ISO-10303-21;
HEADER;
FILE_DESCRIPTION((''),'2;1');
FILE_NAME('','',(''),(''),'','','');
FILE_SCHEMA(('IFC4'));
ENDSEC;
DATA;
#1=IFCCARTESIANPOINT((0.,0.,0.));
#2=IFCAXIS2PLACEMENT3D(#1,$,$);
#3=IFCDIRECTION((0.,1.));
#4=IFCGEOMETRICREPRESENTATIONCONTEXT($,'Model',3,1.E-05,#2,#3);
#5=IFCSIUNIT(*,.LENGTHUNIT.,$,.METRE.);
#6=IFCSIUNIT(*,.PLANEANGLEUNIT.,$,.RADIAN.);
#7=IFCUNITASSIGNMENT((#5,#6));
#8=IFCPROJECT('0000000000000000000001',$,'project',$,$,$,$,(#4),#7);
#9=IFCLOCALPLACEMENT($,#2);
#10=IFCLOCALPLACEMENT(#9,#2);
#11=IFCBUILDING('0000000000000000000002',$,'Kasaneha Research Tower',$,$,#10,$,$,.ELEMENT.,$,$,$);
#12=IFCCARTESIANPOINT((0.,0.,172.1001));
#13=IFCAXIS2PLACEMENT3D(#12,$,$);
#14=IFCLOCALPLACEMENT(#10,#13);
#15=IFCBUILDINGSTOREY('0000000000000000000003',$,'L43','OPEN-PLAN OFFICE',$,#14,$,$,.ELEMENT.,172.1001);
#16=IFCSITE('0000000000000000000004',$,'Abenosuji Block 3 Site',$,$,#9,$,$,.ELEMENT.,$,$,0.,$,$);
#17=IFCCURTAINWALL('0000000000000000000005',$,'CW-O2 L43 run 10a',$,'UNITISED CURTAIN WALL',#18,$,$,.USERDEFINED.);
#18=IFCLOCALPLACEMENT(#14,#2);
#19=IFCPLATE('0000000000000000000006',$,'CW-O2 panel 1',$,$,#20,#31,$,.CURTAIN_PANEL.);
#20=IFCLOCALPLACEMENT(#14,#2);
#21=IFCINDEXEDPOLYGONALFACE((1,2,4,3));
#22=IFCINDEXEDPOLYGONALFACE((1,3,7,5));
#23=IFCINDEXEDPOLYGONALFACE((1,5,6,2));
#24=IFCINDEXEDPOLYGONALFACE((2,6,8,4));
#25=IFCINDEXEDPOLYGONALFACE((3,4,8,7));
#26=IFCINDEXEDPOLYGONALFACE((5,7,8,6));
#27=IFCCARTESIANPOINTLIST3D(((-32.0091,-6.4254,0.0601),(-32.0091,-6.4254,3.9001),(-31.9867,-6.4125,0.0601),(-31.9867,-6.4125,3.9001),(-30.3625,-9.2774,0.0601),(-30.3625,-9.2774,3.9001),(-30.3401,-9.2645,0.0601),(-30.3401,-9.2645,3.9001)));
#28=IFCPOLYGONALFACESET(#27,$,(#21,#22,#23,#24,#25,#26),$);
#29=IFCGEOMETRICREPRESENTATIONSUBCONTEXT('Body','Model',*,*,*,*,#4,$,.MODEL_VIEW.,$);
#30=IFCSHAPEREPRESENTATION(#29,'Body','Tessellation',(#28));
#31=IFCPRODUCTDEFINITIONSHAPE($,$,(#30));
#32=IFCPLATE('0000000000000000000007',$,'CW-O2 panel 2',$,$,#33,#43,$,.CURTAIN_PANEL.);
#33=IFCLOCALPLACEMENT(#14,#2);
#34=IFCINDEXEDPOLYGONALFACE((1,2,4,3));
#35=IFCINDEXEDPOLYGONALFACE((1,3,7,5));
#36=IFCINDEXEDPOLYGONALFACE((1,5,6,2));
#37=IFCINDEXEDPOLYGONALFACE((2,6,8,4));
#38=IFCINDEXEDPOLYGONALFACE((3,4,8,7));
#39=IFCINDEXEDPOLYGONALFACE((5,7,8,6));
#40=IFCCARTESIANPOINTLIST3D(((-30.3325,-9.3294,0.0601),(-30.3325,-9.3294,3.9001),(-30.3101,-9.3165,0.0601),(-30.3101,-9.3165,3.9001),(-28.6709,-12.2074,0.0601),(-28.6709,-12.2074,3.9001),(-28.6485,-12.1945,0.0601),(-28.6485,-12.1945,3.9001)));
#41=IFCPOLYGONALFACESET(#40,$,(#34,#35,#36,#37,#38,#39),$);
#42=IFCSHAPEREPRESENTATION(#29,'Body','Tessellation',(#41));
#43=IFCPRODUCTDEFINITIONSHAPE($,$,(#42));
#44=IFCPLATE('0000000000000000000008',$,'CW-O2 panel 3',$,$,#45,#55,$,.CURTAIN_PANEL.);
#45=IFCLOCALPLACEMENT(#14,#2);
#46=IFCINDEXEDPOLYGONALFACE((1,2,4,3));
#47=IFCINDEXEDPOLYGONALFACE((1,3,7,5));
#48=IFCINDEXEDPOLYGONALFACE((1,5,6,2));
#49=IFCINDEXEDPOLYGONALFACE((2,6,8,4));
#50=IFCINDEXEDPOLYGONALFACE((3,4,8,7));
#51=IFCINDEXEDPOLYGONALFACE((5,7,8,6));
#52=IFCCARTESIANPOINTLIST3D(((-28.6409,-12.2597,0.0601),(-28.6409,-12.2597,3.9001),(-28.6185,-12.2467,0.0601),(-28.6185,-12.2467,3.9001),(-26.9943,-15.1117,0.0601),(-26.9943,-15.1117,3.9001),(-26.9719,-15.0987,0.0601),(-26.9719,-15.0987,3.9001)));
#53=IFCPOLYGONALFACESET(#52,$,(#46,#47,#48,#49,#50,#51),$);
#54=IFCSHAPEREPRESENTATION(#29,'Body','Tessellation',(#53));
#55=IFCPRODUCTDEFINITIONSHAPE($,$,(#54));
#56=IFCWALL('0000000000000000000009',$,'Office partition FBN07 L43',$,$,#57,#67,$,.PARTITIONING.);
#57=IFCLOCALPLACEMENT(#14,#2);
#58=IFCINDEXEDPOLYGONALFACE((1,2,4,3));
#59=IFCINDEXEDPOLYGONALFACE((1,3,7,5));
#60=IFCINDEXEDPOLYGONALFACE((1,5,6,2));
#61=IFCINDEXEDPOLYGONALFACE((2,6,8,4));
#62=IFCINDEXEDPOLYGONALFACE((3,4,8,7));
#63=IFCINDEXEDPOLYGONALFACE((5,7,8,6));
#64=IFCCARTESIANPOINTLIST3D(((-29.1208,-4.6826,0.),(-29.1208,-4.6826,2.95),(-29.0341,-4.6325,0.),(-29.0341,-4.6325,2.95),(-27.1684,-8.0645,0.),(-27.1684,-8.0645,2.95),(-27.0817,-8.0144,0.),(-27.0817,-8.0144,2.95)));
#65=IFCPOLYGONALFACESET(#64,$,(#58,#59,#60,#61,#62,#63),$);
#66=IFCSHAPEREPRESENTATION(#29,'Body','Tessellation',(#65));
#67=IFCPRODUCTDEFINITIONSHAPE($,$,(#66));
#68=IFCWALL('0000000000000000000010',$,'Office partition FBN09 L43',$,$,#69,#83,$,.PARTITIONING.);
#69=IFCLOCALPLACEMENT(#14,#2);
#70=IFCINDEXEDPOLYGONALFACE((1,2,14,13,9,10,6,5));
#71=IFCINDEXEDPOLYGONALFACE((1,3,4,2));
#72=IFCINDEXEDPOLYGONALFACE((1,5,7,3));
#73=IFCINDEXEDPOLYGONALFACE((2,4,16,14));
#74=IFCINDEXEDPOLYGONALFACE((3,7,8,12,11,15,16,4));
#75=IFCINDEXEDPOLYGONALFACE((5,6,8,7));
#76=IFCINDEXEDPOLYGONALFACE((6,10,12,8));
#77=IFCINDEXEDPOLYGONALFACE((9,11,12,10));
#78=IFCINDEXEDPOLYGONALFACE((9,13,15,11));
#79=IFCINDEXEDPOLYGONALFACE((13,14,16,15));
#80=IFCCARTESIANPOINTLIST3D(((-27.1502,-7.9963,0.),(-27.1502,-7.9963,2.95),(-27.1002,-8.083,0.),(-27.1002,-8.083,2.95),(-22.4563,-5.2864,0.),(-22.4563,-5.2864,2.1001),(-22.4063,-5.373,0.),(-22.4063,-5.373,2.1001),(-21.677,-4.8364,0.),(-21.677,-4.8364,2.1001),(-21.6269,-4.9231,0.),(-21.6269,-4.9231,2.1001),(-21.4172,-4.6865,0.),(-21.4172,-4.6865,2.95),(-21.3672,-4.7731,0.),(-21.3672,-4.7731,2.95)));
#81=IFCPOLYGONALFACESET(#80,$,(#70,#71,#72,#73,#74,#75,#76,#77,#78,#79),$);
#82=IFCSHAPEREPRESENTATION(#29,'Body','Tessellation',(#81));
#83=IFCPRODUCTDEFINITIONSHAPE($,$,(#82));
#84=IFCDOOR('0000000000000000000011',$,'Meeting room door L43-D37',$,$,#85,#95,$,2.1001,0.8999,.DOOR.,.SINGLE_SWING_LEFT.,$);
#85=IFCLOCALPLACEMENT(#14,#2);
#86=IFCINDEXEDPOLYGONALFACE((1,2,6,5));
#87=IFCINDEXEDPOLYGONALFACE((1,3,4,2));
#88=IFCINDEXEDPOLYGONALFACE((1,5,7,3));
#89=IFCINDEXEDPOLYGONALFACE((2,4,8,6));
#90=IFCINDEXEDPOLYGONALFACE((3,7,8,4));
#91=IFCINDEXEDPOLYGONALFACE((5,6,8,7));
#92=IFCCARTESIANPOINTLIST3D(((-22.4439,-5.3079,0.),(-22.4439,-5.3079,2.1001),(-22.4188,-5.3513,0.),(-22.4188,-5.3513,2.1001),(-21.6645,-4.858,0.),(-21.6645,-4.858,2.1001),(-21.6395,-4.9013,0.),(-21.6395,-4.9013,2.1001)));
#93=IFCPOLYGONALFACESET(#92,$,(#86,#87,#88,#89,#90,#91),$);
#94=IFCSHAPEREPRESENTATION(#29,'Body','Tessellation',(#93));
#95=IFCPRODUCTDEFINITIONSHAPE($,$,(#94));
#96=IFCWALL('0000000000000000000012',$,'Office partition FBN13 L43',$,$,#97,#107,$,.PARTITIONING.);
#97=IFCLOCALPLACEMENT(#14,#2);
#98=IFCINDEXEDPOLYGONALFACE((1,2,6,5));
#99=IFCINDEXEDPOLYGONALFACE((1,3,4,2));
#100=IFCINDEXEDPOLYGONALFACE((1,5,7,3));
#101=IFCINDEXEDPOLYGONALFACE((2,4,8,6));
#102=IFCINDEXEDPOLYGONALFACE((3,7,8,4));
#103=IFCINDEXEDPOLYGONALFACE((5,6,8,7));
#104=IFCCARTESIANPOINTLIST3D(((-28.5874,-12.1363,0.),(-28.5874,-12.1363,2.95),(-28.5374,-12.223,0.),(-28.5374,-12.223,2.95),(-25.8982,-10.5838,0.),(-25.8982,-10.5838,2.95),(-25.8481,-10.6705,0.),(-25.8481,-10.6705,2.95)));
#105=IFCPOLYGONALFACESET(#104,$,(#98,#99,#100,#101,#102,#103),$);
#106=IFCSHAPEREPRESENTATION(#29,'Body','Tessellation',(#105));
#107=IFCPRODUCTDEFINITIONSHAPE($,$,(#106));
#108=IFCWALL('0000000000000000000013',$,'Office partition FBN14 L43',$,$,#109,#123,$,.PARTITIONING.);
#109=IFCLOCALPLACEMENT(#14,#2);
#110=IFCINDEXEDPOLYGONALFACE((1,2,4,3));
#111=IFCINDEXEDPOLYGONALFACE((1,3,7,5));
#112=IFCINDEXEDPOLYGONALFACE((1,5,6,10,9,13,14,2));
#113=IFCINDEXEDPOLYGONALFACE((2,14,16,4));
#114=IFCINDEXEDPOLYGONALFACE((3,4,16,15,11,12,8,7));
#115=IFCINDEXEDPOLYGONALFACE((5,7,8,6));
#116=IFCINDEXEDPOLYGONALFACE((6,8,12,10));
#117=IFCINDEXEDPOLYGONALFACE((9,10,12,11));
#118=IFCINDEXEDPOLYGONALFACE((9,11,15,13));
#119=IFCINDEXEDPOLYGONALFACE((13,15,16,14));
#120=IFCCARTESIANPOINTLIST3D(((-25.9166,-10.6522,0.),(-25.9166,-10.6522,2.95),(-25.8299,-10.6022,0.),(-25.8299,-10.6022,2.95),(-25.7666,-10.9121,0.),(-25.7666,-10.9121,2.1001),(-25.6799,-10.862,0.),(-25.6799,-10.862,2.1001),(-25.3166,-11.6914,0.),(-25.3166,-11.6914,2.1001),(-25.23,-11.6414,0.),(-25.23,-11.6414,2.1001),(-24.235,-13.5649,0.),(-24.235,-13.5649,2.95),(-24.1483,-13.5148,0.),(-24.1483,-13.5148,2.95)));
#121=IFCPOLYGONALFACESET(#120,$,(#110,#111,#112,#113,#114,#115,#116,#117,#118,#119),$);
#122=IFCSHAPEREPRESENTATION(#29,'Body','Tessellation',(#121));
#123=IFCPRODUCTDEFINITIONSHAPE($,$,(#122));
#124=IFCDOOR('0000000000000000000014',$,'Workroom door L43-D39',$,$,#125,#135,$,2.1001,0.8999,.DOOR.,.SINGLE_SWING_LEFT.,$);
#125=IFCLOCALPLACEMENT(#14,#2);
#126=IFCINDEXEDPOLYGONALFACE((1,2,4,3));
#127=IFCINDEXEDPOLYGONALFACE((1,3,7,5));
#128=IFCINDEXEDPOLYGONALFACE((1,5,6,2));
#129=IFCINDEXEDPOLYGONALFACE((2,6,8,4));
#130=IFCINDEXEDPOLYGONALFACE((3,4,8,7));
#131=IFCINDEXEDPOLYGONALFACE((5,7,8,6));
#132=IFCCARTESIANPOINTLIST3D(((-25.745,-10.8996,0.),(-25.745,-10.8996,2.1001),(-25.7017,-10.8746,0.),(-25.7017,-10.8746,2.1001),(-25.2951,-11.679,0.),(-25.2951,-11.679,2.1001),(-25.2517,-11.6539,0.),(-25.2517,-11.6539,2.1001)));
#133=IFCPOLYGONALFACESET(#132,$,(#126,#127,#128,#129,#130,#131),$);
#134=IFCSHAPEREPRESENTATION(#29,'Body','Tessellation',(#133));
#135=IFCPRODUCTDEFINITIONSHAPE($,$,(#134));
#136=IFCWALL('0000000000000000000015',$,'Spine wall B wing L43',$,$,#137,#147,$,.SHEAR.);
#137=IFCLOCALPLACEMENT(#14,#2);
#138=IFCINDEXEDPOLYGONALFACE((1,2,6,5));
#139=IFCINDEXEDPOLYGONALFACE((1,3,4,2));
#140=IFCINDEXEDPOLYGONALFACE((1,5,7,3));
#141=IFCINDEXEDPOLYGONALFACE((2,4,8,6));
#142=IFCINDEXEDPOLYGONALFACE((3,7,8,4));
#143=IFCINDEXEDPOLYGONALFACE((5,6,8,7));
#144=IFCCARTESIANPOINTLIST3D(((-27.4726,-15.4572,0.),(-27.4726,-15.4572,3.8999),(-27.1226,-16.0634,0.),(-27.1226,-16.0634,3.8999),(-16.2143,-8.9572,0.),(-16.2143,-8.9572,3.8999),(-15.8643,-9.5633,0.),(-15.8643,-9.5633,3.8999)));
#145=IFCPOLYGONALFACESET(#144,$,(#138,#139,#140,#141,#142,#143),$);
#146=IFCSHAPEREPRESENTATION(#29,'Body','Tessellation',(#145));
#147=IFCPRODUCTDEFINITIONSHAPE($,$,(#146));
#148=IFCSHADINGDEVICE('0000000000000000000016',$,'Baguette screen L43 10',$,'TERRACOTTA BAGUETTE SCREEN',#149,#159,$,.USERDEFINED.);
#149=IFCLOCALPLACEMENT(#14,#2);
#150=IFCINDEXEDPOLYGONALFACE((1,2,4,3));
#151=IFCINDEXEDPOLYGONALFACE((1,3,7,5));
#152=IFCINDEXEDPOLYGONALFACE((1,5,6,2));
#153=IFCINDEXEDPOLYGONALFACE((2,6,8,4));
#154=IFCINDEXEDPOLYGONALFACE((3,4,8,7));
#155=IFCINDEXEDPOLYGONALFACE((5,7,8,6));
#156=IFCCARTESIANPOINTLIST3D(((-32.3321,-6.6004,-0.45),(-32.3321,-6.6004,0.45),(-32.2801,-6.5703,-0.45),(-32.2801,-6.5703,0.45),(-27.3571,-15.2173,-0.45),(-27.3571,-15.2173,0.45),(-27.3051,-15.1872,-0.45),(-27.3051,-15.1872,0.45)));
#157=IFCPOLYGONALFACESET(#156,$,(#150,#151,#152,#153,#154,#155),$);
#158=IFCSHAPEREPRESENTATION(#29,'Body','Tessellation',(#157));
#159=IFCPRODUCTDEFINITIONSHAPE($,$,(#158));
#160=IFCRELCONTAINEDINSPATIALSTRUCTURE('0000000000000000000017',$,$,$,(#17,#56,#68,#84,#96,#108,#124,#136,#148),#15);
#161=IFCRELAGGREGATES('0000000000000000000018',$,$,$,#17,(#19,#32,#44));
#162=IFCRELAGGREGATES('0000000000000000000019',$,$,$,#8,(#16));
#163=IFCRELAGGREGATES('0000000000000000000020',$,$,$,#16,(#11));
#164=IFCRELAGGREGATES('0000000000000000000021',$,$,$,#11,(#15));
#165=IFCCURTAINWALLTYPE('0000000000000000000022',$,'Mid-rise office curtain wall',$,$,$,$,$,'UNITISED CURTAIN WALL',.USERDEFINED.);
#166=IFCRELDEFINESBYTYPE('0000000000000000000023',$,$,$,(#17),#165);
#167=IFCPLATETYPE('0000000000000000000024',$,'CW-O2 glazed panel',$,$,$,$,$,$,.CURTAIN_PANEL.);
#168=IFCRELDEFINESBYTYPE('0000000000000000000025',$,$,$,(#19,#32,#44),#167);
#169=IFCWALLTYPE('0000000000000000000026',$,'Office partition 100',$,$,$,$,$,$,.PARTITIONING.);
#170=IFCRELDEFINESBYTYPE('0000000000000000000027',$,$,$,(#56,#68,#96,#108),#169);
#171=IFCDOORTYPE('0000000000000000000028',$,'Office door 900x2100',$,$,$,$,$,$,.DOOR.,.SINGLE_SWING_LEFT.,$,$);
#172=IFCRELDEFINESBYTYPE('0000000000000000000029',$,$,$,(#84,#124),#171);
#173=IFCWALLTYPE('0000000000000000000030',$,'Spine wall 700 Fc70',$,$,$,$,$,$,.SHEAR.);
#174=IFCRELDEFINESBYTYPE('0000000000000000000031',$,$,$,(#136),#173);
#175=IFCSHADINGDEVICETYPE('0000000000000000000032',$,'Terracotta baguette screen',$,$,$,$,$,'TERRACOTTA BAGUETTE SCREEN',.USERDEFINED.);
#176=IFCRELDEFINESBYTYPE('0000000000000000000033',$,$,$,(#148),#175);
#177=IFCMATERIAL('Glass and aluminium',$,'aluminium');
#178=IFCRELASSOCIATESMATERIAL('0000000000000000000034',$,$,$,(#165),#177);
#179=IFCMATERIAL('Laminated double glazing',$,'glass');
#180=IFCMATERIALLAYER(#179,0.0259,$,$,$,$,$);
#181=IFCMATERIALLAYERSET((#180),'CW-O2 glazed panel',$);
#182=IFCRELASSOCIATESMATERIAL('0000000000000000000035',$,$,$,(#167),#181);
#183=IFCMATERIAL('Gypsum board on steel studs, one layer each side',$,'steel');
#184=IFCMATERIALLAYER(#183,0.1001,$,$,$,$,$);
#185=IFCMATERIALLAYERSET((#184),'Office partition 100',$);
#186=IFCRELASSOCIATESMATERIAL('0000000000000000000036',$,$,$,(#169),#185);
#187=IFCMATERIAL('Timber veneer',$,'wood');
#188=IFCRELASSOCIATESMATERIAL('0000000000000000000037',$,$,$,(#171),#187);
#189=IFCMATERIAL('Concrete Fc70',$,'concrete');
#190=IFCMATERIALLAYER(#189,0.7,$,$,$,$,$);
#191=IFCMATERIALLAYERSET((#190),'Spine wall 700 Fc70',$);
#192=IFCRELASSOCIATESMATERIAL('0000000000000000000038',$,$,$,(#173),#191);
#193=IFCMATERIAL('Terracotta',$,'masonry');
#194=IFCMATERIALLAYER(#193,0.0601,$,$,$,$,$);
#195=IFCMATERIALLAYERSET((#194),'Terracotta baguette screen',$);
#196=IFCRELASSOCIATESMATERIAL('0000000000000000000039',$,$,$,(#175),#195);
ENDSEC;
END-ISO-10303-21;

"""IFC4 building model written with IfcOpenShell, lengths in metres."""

from ifc_helpers import new_model, si_unit, direction, frame, frame_2d, origin, origin_2d, place, context, subcontext, project, spatial, rectangle, extrude, material, layer, layer_set, type_object, element, fill, aggregate, save


model = new_model("IFC4")

# Units and contexts
model_context = context("Model", 3, precision=1e-05, world=origin(), true_north=direction((0.0, 1.0)))
body_context = subcontext(model_context, "Body", "Model", "MODEL_VIEW")
ifc_project = project(units=[si_unit("LENGTHUNIT", "METRE"), si_unit("PLANEANGLEUNIT", "RADIAN")], contexts=[model_context])

# Site, building, storey
site_placement = place(None, origin())
site = spatial("IfcSite", under=ifc_project, at=site_placement, Name="Abenosuji Block 3 Site", CompositionType="ELEMENT", RefElevation=0.0)
building_placement = place(site_placement, origin())
building = spatial("IfcBuilding", under=site, at=building_placement, Name="Kasaneha Research Tower", CompositionType="ELEMENT")
storey_placement = place(building_placement, frame((0.0, 0.0, 172.1001)))
storey = spatial("IfcBuildingStorey", under=building, at=storey_placement, Name="L43", Description="OPEN-PLAN OFFICE", CompositionType="ELEMENT", Elevation=172.1001)

# Curtain wall
ifc_material_1 = material(Name="Glass and aluminium", Category="aluminium")
curtain_wall_type = type_object("IfcCurtainWallType", Name="Mid-rise office curtain wall", ElementType="UNITISED CURTAIN WALL", PredefinedType="USERDEFINED", material=ifc_material_1)
curtain_wall_1_placement = place(storey_placement, origin())
curtain_wall_1 = element("IfcCurtainWall", 1, at=curtain_wall_1_placement, inside=storey, type_object=curtain_wall_type, Name="CW-O2 L43 run 10a", ObjectType="UNITISED CURTAIN WALL", PredefinedType="USERDEFINED")

# Plates
ifc_material_2 = material(Name="Laminated double glazing", Category="glass")
ifc_layer_1 = layer(ifc_material_2, 0.0259)
ifc_layer_set_1 = layer_set([ifc_layer_1], Name="CW-O2 glazed panel")
plate_type = type_object("IfcPlateType", Name="CW-O2 glazed panel", PredefinedType="CURTAIN_PANEL", material=ifc_layer_set_1)
plate_1_placement = place(storey_placement, frame((-31.1746, -7.845, 0.0601), z_axis=(0.0, 0.0, 1.0), x_axis=(0.5, -0.866025, 0.0)))
plate_1 = element("IfcPlate", 2, at=plate_1_placement, type_object=plate_type, Name="CW-O2 panel 1", PredefinedType="CURTAIN_PANEL", context=body_context, shape_type="SweptSolid", body=[
    extrude(rectangle(XDim=3.2932, YDim=0.0259, at=origin_2d()), origin(), (0.0, 0.0, 1.0), 3.8401),
])
plate_2_placement = place(storey_placement, frame((-29.4905, -10.762, 0.0601), z_axis=(0.0, 0.0, 1.0), x_axis=(0.5, -0.866025, 0.0)))
plate_2 = element("IfcPlate", 3, at=plate_2_placement, type_object=plate_type, Name="CW-O2 panel 2", PredefinedType="CURTAIN_PANEL", context=body_context, shape_type="SweptSolid", body=[
    extrude(rectangle(XDim=3.3232, YDim=0.0259, at=origin_2d()), origin(), (0.0, 0.0, 1.0), 3.8401),
])
plate_3_placement = place(storey_placement, frame((-27.8064, -13.6792, 0.0601), z_axis=(0.0, 0.0, 1.0), x_axis=(0.5, -0.866025, 0.0)))
plate_3 = element("IfcPlate", 4, at=plate_3_placement, type_object=plate_type, Name="CW-O2 panel 3", PredefinedType="CURTAIN_PANEL", context=body_context, shape_type="SweptSolid", body=[
    extrude(rectangle(XDim=3.2932, YDim=0.0259, at=origin_2d()), origin(), (0.0, 0.0, 1.0), 3.8401),
])
aggregate(curtain_wall_1, [plate_1, plate_2, plate_3])

# Wall
ifc_material_3 = material(Name="Gypsum board on steel studs, one layer each side", Category="steel")
ifc_layer_2 = layer(ifc_material_3, 0.1001)
ifc_layer_set_2 = layer_set([ifc_layer_2], Name="Office partition 100")
wall_type_1 = type_object("IfcWallType", Name="Office partition 100", PredefinedType="PARTITIONING", material=ifc_layer_set_2)
wall_1_placement = place(storey_placement, frame((-27.125, -8.0396, 0.0), z_axis=(0.0, 0.0, 1.0), x_axis=(-0.499979, 0.866038, 0.0)))
element("IfcWall", 5, at=wall_1_placement, inside=storey, type_object=wall_type_1, Name="Office partition FBN07 L43", PredefinedType="PARTITIONING", context=body_context, shape_type="SweptSolid", body=[
    extrude(rectangle(XDim=3.905, YDim=0.1001, at=frame_2d((1.9526, 0.0))), origin(), (0.0, 0.0, 1.0), 2.95),
])

# Wall, opening, door
wall_2_placement = place(storey_placement, frame((-21.3921, -4.7297, 0.0), z_axis=(0.0, 0.0, 1.0), x_axis=(-0.866031, -0.499991, 0.0)))
wall_2 = element("IfcWall", 6, at=wall_2_placement, inside=storey, type_object=wall_type_1, Name="Office partition FBN09 L43", PredefinedType="PARTITIONING", context=body_context, shape_type="SweptSolid", body=[
    extrude(rectangle(XDim=6.6199, YDim=0.1001, at=frame_2d((3.3101, 0.0))), origin(), (0.0, 0.0, 1.0), 2.95),
])
opening_1_placement = place(wall_2_placement, frame((0.3, 0.0, 0.0)))
opening_1 = element("IfcOpeningElement", 7, at=opening_1_placement, cuts=wall_2, PredefinedType="OPENING", context=body_context, shape_type="SweptSolid", body=[
    extrude(rectangle(XDim=0.8999, YDim=2.1001, at=frame_2d((0.45, 1.05))), frame((0.0, 0.0601, 0.0), z_axis=(0.0, -1.0, 0.0), x_axis=(1.0, 0.0, 0.0)), (0.0, 0.0, 1.0), 0.1201),
])
ifc_material_4 = material(Name="Timber veneer", Category="wood")
door_type = type_object("IfcDoorType", Name="Office door 900x2100", OperationType="SINGLE_SWING_LEFT", PredefinedType="DOOR", material=ifc_material_4)
door_1_placement = place(opening_1_placement, origin())
door_1 = element("IfcDoor", 8, at=door_1_placement, inside=storey, type_object=door_type, Name="Meeting room door L43-D37", OperationType="SINGLE_SWING_LEFT", OverallHeight=2.1001, OverallWidth=0.8999, PredefinedType="DOOR", context=body_context, shape_type="SweptSolid", body=[
    extrude(rectangle(XDim=0.8999, YDim=2.1001, at=frame_2d((0.45, 1.05))), frame((0.0, 0.0249, 0.0), z_axis=(0.0, -1.0, 0.0), x_axis=(1.0, 0.0, 0.0)), (0.0, 0.0, 1.0), 0.05),
])
fill(opening_1, door_1)

# Wall
wall_3_placement = place(storey_placement, frame((-28.5625, -12.1797, 0.0), z_axis=(0.0, 0.0, 1.0), x_axis=(0.866043, 0.49997, 0.0)))
element("IfcWall", 9, at=wall_3_placement, inside=storey, type_object=wall_type_1, Name="Office partition FBN13 L43", PredefinedType="PARTITIONING", context=body_context, shape_type="SweptSolid", body=[
    extrude(rectangle(XDim=3.1052, YDim=0.1001, at=frame_2d((1.5527, 0.0))), origin(), (0.0, 0.0, 1.0), 2.95),
])

# Wall, opening, door
wall_4_placement = place(storey_placement, frame((-25.8733, -10.6272, 0.0), z_axis=(0.0, 0.0, 1.0), x_axis=(0.500012, -0.866019, 0.0)))
wall_4 = element("IfcWall", 10, at=wall_4_placement, inside=storey, type_object=wall_type_1, Name="Office partition FBN14 L43", PredefinedType="PARTITIONING", context=body_context, shape_type="SweptSolid", body=[
    extrude(rectangle(XDim=3.3633, YDim=0.1001, at=frame_2d((1.6816, 0.0))), origin(), (0.0, 0.0, 1.0), 2.95),
])
opening_2_placement = place(wall_4_placement, frame((0.3, 0.0, 0.0)))
opening_2 = element("IfcOpeningElement", 11, at=opening_2_placement, cuts=wall_4, PredefinedType="OPENING", context=body_context, shape_type="SweptSolid", body=[
    extrude(rectangle(XDim=0.8999, YDim=2.1001, at=frame_2d((0.45, 1.05))), frame((0.0, 0.0601, 0.0), z_axis=(0.0, -1.0, 0.0), x_axis=(1.0, 0.0, 0.0)), (0.0, 0.0, 1.0), 0.1201),
])
door_2_placement = place(opening_2_placement, origin())
door_2 = element("IfcDoor", 12, at=door_2_placement, inside=storey, type_object=door_type, Name="Workroom door L43-D39", OperationType="SINGLE_SWING_LEFT", OverallHeight=2.1001, OverallWidth=0.8999, PredefinedType="DOOR", context=body_context, shape_type="SweptSolid", body=[
    extrude(rectangle(XDim=0.8999, YDim=2.1001, at=frame_2d((0.45, 1.05))), frame((0.0, 0.0249, 0.0), z_axis=(0.0, -1.0, 0.0), x_axis=(1.0, 0.0, 0.0)), (0.0, 0.0, 1.0), 0.05),
])
fill(opening_2, door_2)

# Wall
ifc_material_5 = material(Name="Concrete Fc70", Category="concrete")
ifc_layer_3 = layer(ifc_material_5, 0.7)
ifc_layer_set_3 = layer_set([ifc_layer_3], Name="Spine wall 700 Fc70")
wall_type_2 = type_object("IfcWallType", Name="Spine wall 700 Fc70", PredefinedType="SHEAR", material=ifc_layer_set_3)
wall_5_placement = place(storey_placement, frame((-16.0393, -9.2603, 0.0), z_axis=(0.0, 0.0, 1.0), x_axis=(-0.866025, -0.500001, 0.0)))
element("IfcWall", 13, at=wall_5_placement, inside=storey, type_object=wall_type_2, Name="Spine wall B wing L43", PredefinedType="SHEAR", context=body_context, shape_type="SweptSolid", body=[
    extrude(rectangle(XDim=13.0, YDim=0.7, at=frame_2d((6.5, 0.0))), origin(), (0.0, 0.0, 1.0), 3.8999),
])

# Shading device
ifc_material_6 = material(Name="Terracotta", Category="masonry")
ifc_layer_4 = layer(ifc_material_6, 0.0601)
ifc_layer_set_4 = layer_set([ifc_layer_4], Name="Terracotta baguette screen")
shading_device_type = type_object("IfcShadingDeviceType", Name="Terracotta baguette screen", ElementType="TERRACOTTA BAGUETTE SCREEN", PredefinedType="USERDEFINED", material=ifc_layer_set_4)
shading_device_placement = place(storey_placement, frame((-29.8186, -10.8938, -0.45), z_axis=(0.0, 0.0, 1.0), x_axis=(0.5, -0.866025, 0.0)))
element("IfcShadingDevice", 14, at=shading_device_placement, inside=storey, type_object=shading_device_type, Name="Baguette screen L43 10", ObjectType="TERRACOTTA BAGUETTE SCREEN", PredefinedType="USERDEFINED", context=body_context, shape_type="SweptSolid", body=[
    extrude(rectangle(XDim=9.95, YDim=0.0601, at=origin_2d()), origin(), (0.0, 0.0, 1.0), 0.8999),
])

save(model, "model.ifc")
